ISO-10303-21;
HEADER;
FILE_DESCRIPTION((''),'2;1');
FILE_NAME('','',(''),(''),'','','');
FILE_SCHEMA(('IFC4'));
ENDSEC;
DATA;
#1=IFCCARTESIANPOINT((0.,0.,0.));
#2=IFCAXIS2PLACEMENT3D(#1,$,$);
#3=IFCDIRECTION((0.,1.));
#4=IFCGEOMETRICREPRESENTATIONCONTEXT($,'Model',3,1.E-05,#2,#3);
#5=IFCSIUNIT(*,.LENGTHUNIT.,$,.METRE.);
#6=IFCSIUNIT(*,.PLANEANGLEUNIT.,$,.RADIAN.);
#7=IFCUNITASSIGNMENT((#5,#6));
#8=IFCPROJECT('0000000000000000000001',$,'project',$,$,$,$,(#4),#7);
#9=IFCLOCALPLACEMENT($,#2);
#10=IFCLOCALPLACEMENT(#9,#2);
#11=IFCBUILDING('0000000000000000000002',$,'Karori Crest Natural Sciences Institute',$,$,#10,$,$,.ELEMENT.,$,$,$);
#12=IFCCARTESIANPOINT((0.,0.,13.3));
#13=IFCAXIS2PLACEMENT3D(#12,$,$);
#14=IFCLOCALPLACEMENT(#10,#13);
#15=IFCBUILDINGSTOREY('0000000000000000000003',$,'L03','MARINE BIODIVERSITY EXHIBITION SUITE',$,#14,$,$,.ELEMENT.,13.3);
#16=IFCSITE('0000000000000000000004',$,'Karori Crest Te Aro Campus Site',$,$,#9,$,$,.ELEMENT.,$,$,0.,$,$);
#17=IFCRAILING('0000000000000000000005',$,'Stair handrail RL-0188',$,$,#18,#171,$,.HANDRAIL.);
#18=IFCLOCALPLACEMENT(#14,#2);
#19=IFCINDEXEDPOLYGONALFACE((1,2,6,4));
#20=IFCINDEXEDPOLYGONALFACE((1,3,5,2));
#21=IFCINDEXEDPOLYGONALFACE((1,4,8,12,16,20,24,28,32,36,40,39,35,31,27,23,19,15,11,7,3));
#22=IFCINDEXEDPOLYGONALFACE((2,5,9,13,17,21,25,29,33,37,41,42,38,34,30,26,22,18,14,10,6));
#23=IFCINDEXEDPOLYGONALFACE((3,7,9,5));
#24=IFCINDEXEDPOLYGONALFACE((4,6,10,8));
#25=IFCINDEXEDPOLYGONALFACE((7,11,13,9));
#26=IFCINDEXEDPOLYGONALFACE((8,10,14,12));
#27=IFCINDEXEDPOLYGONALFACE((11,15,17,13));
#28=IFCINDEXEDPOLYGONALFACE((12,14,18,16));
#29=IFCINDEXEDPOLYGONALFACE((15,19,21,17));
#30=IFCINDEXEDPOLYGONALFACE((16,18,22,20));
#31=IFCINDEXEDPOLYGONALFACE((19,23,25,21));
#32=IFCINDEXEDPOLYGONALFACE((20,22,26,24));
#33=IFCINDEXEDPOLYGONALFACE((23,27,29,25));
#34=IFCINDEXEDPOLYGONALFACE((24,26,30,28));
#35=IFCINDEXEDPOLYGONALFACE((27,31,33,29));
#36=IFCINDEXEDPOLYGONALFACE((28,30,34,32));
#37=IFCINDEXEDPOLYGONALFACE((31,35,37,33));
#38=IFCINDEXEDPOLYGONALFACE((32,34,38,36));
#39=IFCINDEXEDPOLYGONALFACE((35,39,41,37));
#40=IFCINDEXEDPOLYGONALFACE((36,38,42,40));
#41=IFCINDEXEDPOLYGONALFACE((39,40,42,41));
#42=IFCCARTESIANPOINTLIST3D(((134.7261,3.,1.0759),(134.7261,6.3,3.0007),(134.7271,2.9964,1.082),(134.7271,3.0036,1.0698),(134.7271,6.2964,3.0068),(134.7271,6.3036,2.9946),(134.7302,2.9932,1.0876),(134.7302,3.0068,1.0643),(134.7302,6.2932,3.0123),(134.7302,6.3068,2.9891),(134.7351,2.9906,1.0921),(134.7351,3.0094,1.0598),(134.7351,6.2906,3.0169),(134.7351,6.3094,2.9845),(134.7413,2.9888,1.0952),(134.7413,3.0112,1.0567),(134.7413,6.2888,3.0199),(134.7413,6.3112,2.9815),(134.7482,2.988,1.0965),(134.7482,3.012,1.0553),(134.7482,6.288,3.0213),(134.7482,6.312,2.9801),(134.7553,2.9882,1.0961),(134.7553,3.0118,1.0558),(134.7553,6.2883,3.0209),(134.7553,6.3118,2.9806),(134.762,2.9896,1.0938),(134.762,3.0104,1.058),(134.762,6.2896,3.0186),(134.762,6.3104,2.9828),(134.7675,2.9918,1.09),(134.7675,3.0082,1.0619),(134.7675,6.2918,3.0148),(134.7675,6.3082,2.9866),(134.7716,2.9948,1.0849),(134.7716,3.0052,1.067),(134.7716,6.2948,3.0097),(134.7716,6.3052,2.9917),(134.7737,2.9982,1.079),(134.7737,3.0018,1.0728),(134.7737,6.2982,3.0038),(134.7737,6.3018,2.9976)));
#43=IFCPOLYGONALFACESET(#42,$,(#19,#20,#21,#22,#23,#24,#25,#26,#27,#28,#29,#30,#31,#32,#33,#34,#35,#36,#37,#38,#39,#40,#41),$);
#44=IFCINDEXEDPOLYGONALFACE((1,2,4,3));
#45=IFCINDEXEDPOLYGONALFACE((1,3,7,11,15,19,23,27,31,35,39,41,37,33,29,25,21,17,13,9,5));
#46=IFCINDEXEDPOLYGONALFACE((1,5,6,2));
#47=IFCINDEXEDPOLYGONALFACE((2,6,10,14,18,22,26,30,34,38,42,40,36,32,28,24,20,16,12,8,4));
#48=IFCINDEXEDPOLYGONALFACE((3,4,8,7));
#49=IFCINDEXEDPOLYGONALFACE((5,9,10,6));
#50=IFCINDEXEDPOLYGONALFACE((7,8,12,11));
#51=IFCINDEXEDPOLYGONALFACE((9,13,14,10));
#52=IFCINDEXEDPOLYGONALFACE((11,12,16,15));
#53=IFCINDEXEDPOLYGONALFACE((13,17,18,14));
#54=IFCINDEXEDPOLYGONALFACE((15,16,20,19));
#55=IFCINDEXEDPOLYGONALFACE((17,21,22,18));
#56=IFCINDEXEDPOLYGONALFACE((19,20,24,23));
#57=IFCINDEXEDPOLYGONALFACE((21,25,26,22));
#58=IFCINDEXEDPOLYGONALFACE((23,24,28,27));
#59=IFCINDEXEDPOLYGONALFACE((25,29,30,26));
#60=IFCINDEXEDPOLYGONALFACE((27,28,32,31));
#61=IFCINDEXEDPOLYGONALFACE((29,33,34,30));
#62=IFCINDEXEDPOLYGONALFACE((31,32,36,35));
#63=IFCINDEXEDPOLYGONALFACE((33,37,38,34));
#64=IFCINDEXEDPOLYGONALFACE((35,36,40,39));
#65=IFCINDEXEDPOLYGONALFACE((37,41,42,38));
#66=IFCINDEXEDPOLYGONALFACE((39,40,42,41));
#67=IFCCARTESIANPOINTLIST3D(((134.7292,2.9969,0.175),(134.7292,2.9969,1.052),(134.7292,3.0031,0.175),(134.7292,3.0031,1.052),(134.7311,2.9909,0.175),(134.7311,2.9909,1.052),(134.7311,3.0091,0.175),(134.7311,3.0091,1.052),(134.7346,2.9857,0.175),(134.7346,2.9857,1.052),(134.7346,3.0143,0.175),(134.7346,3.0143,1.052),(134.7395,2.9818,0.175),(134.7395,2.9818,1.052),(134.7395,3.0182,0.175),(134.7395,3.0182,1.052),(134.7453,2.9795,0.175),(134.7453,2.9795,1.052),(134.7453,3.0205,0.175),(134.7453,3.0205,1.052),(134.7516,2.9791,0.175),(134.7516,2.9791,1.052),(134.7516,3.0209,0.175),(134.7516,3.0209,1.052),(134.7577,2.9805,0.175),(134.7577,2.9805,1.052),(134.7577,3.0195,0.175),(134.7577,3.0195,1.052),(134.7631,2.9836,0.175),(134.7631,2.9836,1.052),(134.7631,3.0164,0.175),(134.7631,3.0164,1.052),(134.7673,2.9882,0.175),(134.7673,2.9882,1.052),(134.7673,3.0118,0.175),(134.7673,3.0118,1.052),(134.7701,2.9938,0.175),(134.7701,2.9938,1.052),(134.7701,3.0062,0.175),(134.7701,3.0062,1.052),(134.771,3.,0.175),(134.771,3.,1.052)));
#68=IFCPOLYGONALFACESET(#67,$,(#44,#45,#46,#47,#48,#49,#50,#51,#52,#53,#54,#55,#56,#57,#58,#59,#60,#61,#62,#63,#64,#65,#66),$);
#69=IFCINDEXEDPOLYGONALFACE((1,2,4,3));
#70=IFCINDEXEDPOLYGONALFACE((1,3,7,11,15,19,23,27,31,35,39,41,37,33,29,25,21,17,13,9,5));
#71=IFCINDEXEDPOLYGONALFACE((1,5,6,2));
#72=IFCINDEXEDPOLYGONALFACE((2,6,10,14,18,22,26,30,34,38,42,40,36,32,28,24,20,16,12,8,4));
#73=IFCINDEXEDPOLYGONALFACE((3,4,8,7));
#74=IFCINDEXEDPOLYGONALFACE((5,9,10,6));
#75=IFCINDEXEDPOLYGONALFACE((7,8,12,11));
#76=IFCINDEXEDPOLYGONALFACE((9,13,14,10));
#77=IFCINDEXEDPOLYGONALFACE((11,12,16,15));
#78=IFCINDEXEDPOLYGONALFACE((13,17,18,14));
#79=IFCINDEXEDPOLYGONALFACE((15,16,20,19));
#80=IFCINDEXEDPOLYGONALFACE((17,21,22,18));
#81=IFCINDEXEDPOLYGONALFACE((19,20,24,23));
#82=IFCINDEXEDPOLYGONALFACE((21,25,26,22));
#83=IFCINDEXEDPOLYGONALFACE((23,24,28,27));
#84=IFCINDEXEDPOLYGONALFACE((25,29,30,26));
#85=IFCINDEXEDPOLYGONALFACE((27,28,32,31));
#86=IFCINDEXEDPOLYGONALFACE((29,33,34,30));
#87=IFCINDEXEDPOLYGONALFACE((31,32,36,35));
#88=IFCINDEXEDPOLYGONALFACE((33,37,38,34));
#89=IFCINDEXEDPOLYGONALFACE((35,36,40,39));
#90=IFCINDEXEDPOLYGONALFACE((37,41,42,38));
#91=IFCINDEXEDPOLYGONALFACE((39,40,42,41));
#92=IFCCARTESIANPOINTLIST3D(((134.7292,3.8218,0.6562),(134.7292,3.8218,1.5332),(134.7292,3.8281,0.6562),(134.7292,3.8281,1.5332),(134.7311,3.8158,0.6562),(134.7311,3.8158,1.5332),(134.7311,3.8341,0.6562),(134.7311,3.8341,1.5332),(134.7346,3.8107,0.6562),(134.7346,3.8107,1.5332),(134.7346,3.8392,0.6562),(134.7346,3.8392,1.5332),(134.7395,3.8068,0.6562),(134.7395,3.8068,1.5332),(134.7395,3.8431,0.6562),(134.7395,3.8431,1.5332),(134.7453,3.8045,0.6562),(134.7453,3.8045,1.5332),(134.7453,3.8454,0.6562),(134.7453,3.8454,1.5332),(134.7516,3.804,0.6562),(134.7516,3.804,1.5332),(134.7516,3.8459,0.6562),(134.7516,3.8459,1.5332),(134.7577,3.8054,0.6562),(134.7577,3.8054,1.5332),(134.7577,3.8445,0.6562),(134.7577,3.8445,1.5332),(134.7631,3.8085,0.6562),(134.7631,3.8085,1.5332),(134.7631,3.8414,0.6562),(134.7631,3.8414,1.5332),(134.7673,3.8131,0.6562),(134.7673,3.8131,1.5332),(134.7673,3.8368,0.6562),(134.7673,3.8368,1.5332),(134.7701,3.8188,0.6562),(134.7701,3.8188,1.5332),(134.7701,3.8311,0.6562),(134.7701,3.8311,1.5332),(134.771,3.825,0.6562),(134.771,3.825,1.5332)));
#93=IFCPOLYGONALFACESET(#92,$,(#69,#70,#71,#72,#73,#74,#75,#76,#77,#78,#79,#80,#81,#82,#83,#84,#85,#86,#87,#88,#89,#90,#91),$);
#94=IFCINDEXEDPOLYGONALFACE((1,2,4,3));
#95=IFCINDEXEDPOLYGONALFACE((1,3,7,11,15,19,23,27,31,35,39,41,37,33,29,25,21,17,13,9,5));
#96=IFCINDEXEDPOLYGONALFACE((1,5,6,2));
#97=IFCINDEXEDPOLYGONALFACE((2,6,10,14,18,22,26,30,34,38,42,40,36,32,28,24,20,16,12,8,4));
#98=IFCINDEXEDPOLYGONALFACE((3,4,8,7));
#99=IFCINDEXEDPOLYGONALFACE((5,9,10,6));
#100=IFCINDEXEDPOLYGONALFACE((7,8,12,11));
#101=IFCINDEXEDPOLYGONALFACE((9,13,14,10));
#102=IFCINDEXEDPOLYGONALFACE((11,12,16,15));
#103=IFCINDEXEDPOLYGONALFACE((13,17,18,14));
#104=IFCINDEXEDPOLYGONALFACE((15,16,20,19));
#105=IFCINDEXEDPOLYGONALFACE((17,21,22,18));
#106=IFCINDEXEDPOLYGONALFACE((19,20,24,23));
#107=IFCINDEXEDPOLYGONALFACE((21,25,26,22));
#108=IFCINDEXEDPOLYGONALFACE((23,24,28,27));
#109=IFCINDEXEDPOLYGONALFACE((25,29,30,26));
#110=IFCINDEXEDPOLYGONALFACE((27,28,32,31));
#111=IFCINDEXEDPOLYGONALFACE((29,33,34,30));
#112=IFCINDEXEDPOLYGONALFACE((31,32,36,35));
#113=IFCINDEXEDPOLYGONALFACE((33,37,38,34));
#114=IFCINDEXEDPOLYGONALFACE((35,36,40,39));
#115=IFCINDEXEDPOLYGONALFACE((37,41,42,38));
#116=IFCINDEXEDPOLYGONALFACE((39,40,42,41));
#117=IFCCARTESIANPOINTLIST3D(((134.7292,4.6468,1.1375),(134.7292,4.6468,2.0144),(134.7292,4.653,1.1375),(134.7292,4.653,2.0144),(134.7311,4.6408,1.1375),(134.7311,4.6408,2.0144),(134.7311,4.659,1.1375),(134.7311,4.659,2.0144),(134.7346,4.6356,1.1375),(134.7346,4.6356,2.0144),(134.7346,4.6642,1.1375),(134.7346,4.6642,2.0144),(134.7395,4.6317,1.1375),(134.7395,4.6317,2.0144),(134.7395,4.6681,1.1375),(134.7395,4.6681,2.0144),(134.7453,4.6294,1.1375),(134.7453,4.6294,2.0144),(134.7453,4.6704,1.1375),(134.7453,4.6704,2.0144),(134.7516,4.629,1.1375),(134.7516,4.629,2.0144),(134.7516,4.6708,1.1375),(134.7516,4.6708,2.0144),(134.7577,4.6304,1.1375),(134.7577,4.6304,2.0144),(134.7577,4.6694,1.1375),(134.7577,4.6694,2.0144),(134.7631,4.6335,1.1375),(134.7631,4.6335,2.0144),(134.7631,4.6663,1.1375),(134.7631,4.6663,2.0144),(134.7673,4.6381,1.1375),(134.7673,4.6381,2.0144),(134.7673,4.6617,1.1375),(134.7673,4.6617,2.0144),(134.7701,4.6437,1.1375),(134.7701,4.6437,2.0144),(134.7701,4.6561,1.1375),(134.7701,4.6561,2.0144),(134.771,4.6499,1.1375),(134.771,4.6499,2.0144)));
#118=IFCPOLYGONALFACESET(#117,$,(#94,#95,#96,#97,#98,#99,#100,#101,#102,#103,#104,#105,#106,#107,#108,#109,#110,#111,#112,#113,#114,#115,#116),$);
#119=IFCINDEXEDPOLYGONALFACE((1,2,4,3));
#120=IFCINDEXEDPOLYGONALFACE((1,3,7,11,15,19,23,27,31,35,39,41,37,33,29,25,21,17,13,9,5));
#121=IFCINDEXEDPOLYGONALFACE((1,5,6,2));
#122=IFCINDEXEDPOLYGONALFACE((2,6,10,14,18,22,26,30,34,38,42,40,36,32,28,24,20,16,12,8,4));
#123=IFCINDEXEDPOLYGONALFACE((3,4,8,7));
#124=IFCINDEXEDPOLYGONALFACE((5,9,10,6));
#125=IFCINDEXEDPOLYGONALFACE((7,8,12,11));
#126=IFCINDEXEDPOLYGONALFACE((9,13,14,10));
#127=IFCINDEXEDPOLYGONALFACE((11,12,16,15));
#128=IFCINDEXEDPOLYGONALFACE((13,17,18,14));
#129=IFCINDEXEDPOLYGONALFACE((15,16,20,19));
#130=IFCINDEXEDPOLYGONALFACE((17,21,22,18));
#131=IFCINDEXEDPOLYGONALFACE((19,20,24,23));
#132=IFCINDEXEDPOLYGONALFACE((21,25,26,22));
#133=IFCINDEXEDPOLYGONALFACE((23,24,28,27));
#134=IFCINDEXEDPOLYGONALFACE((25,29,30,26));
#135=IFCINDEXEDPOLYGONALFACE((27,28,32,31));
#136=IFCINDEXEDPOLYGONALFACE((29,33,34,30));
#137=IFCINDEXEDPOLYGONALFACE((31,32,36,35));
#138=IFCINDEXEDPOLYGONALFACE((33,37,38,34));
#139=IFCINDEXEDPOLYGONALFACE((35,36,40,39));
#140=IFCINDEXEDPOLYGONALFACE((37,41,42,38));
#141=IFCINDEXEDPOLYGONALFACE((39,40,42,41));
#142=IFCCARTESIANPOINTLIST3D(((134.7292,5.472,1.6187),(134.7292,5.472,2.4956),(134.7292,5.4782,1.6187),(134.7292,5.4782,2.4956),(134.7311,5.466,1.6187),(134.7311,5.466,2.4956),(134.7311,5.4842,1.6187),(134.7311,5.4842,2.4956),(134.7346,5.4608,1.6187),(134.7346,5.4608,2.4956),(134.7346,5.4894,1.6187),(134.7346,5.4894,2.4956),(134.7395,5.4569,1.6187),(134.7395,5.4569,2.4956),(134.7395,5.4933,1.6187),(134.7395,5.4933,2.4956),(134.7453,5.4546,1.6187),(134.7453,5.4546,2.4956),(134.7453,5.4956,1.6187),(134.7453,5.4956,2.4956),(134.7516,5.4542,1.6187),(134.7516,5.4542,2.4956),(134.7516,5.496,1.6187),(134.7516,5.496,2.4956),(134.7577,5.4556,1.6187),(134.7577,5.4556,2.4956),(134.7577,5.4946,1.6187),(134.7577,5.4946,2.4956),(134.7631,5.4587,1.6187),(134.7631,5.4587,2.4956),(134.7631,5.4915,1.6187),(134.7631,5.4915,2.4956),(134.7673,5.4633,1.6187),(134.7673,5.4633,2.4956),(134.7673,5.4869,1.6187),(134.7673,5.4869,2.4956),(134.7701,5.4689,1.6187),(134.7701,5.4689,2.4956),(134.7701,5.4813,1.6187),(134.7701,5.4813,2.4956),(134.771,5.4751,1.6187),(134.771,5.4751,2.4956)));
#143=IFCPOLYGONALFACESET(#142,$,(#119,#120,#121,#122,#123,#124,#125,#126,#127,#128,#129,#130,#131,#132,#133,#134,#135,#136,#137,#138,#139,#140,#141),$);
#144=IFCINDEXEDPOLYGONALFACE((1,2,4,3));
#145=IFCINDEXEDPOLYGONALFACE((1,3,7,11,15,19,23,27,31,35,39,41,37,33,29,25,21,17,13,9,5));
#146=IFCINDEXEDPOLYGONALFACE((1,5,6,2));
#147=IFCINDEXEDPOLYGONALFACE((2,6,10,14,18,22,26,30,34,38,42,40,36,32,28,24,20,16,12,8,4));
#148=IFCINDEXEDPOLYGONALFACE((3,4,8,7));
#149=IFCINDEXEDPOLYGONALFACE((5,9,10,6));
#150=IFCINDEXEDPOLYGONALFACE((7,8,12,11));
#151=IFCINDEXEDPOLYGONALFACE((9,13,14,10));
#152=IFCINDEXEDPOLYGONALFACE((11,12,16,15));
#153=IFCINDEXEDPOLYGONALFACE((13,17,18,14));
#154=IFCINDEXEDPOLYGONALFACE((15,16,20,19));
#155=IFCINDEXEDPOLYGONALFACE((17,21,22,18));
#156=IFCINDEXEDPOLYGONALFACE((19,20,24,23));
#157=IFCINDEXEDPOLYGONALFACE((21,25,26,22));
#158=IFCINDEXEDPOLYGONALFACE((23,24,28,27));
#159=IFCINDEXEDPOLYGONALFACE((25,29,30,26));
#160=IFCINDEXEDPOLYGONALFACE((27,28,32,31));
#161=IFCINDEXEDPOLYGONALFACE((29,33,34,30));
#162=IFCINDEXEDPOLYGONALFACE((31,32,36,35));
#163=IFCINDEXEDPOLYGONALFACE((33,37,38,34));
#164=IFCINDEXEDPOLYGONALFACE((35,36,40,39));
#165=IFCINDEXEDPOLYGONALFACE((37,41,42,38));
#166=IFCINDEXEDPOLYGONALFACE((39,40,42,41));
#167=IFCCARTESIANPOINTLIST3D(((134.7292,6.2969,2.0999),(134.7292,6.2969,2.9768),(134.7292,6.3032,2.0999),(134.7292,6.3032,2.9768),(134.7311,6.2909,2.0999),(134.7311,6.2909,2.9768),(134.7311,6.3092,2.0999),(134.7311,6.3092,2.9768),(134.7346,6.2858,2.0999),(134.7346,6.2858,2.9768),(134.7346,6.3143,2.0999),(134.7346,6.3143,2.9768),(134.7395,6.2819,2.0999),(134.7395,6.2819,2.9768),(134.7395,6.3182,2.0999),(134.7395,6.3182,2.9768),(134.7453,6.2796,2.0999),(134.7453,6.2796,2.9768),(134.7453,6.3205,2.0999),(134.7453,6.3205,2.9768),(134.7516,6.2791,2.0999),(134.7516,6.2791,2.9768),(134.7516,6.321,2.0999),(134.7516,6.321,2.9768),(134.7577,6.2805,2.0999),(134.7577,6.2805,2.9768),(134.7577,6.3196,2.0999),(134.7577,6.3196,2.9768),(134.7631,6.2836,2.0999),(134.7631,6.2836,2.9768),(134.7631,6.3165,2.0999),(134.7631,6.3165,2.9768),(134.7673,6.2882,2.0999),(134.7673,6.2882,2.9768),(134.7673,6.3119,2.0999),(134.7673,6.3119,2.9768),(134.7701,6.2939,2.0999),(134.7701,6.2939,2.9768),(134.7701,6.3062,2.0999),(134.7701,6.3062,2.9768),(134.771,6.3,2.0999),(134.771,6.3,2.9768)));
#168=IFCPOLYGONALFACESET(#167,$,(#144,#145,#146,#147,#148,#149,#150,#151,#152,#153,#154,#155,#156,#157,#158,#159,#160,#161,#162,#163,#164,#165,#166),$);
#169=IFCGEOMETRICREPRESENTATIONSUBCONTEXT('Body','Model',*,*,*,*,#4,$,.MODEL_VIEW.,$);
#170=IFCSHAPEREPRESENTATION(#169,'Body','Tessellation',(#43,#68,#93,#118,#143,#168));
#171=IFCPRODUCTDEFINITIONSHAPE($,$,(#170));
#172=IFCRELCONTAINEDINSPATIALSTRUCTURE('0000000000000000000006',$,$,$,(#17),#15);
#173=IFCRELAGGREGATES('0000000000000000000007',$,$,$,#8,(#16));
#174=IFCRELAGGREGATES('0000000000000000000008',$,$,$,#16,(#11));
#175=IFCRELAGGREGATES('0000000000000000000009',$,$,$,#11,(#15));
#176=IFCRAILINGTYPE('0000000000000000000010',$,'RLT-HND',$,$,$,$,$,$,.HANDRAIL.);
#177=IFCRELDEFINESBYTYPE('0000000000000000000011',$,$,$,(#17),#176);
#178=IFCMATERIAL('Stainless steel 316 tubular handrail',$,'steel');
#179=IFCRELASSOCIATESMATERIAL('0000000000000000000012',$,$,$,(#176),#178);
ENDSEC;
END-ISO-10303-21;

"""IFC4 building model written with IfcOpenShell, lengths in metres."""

from ifc_helpers import new_model, si_unit, direction, frame, origin, origin_2d, place, context, subcontext, project, spatial, circle, extrude, material, type_object, element, save


model = new_model("IFC4")

# Units and contexts
model_context = context("Model", 3, precision=1e-05, world=origin(), true_north=direction((0.0, 1.0)))
body_context = subcontext(model_context, "Body", "Model", "MODEL_VIEW")
ifc_project = project(units=[si_unit("LENGTHUNIT", "METRE"), si_unit("PLANEANGLEUNIT", "RADIAN")], contexts=[model_context])

# Site, building, storey
site_placement = place(None, origin())
site = spatial("IfcSite", under=ifc_project, at=site_placement, Name="Karori Crest Te Aro Campus Site", CompositionType="ELEMENT", RefElevation=0.0)
building_placement = place(site_placement, origin())
building = spatial("IfcBuilding", under=site, at=building_placement, Name="Karori Crest Natural Sciences Institute", CompositionType="ELEMENT")
storey_placement = place(building_placement, frame((0.0, 0.0, 13.3)))
storey = spatial("IfcBuildingStorey", under=building, at=storey_placement, Name="L03", Description="MARINE BIODIVERSITY EXHIBITION SUITE", CompositionType="ELEMENT", Elevation=13.3)

# Railing
ifc_material_1 = material(Name="Stainless steel 316 tubular handrail", Category="steel")
railing_type_1 = type_object("IfcRailingType", Name="RLT-HND", PredefinedType="HANDRAIL", material=ifc_material_1)
railing_1_placement = place(storey_placement, frame((134.75, 3.0, 0.175)))
element("IfcRailing", 1, at=railing_1_placement, inside=storey, type_object=railing_type_1, Name="Stair handrail RL-0188", PredefinedType="HANDRAIL", context=body_context, shape_type="SweptSolid", body=[
    extrude(circle(Radius=0.0239, at=origin_2d()), frame((0.0, 0.0, 0.9009), z_axis=(0.0, 0.863804, 0.503827), x_axis=(-1.0, 0.0, 0.0)), (0.0, 0.0, 1.0), 3.8203),
    extrude(circle(Radius=0.021, at=origin_2d()), origin(), (0.0, 0.0, 1.0), 0.877),
    extrude(circle(Radius=0.021, at=origin_2d()), frame((0.0, 0.825, 0.4812)), (0.0, 0.0, 1.0), 0.877),
    extrude(circle(Radius=0.021, at=origin_2d()), frame((0.0, 1.6499, 0.9624)), (0.0, 0.0, 1.0), 0.877),
    extrude(circle(Radius=0.021, at=origin_2d()), frame((0.0, 2.4751, 1.4436)), (0.0, 0.0, 1.0), 0.877),
    extrude(circle(Radius=0.021, at=origin_2d()), frame((0.0, 3.3, 1.9248)), (0.0, 0.0, 1.0), 0.877),
])

save(model, "model.ifc")
